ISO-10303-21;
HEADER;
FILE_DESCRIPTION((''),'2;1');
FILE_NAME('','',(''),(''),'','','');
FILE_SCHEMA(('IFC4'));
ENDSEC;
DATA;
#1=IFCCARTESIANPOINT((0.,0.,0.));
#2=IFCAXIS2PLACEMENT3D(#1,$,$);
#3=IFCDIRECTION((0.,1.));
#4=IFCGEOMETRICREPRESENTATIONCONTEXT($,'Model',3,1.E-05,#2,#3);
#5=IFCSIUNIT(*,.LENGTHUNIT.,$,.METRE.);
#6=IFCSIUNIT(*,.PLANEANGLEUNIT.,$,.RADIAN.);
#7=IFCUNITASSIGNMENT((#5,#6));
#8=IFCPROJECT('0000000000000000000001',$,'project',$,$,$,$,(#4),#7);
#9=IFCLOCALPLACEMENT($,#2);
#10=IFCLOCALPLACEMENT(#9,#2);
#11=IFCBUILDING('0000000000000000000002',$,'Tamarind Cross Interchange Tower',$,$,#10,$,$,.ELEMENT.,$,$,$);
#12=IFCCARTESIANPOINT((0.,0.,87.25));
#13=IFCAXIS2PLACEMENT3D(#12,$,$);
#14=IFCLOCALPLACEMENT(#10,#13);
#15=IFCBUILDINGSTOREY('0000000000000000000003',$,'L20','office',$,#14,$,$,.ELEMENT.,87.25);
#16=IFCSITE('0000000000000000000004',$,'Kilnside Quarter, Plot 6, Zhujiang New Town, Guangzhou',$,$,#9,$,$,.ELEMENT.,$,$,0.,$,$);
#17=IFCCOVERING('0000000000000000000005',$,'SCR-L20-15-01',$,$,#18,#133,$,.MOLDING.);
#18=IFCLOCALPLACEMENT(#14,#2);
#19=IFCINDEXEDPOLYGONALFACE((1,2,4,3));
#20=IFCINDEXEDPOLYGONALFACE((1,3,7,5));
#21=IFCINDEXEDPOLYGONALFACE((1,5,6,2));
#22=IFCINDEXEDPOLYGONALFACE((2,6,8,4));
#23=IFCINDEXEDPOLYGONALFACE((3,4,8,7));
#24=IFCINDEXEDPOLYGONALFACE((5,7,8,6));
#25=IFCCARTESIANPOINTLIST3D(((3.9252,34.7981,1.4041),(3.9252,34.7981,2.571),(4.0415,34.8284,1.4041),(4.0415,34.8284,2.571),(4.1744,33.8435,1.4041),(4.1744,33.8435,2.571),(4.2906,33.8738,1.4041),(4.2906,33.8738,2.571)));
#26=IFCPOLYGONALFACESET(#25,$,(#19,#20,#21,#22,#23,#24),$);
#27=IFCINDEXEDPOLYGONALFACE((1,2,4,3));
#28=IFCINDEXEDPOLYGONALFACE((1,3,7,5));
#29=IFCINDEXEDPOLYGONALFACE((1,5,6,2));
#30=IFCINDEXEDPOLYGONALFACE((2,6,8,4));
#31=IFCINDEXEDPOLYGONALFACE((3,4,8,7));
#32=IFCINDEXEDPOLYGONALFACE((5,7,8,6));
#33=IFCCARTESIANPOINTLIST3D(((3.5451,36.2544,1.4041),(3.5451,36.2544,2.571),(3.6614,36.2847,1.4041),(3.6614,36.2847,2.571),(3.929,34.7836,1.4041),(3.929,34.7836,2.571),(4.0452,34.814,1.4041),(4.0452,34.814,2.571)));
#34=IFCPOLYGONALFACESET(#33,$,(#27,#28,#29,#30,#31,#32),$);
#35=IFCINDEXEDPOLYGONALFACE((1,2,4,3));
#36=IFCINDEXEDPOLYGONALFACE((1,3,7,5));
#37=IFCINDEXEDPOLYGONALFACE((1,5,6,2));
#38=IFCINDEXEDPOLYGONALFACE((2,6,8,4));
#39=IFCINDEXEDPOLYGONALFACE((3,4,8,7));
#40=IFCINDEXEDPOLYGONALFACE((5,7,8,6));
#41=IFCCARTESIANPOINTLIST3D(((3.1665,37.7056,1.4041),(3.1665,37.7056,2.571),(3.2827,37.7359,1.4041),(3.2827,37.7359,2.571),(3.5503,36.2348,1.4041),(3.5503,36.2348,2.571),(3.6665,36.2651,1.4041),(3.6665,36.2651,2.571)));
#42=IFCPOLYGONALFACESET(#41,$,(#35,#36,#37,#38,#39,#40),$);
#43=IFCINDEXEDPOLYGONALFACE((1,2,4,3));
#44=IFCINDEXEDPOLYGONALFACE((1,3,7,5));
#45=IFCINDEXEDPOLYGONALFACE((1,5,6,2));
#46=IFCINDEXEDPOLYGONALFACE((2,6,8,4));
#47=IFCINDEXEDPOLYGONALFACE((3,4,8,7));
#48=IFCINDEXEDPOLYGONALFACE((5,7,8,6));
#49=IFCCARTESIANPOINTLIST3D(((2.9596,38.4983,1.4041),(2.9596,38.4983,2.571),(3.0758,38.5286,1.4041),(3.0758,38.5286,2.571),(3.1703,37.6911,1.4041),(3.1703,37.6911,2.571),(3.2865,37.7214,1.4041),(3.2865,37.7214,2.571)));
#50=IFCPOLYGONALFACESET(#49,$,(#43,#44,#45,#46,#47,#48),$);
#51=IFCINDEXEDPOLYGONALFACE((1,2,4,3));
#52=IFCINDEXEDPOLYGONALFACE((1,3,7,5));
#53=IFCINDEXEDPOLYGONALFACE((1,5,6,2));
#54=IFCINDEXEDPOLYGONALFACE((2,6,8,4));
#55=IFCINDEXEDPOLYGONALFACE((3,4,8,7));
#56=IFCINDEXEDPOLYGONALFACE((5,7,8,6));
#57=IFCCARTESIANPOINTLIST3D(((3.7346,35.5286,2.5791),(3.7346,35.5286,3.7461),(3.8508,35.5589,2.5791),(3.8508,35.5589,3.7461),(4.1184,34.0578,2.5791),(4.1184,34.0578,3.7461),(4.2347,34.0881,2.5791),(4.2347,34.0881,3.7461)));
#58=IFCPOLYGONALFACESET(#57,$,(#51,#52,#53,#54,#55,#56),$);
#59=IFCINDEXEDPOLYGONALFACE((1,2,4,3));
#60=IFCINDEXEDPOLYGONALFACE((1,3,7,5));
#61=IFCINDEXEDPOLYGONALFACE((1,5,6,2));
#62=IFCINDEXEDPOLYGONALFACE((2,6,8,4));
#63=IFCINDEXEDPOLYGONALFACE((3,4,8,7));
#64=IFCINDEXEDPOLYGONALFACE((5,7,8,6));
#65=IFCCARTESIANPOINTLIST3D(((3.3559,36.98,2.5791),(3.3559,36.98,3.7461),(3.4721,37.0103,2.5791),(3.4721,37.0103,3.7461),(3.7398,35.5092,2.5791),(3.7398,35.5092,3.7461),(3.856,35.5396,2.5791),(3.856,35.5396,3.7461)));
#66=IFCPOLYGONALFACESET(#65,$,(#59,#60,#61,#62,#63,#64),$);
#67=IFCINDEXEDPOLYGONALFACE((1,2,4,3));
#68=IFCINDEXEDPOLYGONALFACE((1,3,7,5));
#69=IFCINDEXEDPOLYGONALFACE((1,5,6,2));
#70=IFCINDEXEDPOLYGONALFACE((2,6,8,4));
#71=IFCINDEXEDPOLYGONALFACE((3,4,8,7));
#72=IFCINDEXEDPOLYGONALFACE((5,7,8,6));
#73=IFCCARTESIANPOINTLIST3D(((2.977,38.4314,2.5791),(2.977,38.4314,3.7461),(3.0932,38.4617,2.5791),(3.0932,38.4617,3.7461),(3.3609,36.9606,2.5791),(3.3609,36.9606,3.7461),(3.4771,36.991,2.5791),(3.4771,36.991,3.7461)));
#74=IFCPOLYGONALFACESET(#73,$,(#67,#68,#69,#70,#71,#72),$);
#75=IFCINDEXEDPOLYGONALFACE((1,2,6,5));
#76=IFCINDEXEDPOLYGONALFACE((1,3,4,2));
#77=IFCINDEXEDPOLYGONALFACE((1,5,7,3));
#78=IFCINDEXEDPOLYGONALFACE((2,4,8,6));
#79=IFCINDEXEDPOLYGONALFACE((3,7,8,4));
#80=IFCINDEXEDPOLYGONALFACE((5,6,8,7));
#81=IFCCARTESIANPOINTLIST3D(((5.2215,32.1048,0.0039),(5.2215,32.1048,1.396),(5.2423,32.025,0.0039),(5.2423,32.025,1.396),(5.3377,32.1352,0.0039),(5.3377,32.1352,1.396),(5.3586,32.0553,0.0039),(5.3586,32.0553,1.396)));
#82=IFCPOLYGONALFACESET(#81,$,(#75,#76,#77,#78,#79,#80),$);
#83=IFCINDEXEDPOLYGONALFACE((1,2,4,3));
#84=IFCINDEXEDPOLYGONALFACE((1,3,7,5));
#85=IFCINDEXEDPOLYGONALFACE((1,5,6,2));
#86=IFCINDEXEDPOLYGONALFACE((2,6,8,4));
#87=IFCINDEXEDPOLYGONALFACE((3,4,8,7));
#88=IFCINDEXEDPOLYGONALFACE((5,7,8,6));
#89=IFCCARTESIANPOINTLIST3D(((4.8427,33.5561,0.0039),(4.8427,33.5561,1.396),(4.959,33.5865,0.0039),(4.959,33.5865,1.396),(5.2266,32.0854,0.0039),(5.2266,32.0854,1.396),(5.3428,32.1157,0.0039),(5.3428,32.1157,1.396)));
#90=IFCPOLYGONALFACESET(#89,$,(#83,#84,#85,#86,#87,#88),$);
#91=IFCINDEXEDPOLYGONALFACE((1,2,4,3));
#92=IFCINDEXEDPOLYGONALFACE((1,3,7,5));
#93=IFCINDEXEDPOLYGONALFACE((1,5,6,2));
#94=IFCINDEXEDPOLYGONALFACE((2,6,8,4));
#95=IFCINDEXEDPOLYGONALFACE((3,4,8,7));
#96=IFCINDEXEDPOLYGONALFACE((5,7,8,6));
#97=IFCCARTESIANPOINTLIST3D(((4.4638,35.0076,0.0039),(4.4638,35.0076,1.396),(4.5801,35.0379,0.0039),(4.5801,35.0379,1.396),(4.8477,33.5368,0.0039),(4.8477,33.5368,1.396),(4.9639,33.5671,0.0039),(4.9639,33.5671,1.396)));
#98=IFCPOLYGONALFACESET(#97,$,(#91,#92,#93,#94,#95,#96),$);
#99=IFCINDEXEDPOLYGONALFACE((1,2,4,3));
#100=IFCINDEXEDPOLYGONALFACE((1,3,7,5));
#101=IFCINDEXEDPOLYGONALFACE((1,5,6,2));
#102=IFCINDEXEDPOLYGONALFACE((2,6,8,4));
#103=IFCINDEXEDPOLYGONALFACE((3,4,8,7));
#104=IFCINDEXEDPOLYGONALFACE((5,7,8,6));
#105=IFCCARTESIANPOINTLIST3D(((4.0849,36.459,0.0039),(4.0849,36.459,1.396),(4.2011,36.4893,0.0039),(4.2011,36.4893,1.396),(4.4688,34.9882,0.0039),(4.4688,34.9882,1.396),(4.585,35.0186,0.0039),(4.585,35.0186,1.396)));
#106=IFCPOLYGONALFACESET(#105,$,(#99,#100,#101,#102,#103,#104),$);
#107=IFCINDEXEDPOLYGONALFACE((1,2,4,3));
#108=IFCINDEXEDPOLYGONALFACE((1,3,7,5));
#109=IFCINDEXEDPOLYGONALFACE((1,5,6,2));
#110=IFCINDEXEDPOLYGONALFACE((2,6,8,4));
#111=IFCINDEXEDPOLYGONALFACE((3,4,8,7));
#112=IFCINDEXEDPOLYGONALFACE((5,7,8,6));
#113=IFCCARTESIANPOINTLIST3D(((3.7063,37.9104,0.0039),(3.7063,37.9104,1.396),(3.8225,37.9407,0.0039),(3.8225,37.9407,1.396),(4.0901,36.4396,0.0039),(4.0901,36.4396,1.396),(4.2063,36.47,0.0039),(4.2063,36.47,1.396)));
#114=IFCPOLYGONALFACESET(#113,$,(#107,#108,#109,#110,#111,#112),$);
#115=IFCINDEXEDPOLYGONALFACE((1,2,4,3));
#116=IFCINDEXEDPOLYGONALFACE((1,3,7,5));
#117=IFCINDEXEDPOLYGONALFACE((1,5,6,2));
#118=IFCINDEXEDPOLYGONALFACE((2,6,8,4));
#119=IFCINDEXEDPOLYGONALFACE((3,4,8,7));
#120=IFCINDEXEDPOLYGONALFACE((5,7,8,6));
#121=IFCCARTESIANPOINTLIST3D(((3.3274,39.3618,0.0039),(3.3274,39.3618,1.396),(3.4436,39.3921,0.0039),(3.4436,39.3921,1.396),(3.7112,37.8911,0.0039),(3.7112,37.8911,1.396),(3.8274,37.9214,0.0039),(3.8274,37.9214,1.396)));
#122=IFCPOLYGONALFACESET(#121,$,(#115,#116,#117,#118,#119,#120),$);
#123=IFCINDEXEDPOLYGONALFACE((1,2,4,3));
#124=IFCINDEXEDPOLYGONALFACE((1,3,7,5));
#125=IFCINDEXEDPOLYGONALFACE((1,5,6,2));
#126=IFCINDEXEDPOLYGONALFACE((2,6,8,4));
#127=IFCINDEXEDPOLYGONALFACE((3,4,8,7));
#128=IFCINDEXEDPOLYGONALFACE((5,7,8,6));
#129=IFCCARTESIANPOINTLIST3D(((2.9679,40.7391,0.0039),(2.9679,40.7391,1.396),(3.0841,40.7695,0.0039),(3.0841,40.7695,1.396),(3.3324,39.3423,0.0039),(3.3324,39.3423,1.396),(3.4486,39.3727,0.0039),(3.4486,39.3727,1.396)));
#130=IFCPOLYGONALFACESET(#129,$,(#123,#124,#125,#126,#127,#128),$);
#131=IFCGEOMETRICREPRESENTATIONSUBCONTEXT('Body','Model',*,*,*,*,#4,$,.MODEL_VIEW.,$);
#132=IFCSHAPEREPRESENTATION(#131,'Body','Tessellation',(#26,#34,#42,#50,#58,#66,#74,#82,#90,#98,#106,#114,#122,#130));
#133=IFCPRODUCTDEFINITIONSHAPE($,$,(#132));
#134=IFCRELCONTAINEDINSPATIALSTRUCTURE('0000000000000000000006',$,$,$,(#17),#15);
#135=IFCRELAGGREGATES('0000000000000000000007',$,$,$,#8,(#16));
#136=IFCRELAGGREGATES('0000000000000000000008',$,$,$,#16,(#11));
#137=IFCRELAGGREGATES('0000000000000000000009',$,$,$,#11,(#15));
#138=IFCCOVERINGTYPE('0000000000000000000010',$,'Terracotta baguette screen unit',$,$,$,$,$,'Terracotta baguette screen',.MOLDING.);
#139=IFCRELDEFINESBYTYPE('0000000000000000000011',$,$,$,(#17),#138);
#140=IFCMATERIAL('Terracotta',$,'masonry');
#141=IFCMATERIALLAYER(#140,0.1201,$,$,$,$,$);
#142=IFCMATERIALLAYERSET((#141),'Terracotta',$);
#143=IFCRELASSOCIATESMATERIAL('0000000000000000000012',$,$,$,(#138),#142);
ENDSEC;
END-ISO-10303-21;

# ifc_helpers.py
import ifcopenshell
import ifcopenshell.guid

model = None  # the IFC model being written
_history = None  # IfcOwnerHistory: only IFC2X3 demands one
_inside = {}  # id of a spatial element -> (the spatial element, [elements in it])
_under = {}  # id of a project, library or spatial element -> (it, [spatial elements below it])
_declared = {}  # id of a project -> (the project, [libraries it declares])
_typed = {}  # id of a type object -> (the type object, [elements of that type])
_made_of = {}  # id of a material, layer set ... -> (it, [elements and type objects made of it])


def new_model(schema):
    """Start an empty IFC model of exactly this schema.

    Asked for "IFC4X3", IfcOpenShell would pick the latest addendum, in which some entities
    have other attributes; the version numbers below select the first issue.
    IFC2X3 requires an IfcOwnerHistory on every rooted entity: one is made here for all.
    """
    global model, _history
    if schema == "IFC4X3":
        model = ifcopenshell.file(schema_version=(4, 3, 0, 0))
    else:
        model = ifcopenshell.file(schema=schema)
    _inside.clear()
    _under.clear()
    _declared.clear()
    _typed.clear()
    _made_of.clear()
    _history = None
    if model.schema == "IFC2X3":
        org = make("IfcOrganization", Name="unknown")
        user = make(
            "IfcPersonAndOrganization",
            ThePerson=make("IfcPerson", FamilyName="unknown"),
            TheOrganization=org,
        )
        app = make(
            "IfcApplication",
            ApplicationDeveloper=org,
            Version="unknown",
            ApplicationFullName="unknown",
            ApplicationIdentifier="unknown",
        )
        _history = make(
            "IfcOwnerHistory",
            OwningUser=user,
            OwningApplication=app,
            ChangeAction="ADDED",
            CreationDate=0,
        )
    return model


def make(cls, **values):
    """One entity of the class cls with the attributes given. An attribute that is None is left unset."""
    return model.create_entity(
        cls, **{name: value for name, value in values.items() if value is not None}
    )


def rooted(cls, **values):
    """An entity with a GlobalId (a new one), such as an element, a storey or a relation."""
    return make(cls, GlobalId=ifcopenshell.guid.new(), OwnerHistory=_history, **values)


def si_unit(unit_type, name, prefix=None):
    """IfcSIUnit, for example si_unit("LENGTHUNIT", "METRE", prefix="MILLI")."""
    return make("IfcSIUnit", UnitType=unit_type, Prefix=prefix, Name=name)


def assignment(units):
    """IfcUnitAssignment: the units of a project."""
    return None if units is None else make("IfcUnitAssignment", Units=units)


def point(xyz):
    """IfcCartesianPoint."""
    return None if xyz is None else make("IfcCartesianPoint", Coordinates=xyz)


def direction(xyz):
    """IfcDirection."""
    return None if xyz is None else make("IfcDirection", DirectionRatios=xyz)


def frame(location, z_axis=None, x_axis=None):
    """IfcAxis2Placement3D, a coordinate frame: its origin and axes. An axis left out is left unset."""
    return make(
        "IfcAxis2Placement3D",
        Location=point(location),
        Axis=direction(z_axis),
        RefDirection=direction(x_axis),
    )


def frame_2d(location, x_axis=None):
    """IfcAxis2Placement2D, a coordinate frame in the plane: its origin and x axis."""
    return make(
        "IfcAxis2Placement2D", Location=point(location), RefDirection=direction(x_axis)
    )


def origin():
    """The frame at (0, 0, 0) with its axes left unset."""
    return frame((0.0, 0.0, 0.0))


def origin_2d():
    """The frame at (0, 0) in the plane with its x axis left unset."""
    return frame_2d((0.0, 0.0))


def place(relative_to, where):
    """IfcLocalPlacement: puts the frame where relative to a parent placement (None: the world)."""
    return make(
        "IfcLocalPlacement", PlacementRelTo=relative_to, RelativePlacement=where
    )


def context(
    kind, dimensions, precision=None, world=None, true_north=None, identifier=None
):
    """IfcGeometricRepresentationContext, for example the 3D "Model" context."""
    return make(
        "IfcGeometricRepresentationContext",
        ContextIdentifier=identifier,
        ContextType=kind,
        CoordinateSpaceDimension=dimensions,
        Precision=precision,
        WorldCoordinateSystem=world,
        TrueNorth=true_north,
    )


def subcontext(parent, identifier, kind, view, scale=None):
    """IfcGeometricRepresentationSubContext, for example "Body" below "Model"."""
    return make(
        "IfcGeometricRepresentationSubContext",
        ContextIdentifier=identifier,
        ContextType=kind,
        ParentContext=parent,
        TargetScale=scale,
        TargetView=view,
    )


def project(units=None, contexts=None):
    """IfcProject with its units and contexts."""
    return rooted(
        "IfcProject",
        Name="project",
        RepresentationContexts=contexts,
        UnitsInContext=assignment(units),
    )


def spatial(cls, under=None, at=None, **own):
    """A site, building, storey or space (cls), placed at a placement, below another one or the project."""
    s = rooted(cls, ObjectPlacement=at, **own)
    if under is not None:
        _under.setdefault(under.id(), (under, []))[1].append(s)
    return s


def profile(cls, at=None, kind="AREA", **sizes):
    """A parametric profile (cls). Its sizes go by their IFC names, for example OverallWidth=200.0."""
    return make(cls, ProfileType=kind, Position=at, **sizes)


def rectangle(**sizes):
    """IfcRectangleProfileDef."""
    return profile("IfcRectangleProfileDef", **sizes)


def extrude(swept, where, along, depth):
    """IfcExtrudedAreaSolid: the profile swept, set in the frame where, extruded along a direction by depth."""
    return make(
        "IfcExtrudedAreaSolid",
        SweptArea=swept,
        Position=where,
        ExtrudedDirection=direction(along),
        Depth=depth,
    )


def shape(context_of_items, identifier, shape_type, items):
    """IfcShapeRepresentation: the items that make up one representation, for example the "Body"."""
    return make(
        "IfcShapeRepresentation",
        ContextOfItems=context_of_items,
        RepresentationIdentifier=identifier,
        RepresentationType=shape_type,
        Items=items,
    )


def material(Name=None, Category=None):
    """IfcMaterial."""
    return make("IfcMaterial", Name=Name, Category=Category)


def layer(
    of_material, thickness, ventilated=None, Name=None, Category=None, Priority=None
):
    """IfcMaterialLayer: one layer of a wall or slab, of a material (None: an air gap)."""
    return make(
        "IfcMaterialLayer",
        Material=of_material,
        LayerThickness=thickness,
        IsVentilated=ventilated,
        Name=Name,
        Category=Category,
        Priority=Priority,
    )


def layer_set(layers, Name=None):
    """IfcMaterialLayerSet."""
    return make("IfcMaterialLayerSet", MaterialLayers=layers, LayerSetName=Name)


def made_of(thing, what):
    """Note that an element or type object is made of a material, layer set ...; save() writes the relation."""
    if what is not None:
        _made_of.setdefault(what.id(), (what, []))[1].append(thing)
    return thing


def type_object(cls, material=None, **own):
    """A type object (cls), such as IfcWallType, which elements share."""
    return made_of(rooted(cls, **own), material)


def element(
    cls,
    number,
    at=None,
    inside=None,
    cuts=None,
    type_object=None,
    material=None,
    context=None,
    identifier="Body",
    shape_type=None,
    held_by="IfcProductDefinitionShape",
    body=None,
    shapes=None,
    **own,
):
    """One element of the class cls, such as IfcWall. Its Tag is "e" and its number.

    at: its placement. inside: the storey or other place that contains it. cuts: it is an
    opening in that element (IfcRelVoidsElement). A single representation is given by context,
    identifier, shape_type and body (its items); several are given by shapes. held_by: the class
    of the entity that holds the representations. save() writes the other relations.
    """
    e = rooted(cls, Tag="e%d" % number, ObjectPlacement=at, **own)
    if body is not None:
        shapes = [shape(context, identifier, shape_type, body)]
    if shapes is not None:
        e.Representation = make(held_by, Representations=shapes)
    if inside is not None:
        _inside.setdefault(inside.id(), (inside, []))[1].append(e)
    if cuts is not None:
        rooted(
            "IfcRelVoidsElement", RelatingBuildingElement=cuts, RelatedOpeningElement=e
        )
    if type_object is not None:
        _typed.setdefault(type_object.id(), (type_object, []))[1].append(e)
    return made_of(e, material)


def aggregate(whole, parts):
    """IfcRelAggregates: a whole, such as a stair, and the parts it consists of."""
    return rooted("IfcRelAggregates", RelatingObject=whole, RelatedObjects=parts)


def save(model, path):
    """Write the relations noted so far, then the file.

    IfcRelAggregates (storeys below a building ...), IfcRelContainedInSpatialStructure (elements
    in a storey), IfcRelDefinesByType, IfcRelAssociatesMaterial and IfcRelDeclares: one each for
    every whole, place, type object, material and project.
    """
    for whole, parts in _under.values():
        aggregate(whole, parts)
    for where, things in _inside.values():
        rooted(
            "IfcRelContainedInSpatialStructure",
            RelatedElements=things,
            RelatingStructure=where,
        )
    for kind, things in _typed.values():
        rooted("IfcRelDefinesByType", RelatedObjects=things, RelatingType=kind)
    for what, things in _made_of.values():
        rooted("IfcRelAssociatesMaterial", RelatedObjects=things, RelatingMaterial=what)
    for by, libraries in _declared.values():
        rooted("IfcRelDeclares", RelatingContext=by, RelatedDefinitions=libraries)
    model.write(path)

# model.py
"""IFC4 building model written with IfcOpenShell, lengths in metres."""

from ifc_helpers import new_model, si_unit, direction, frame, origin, origin_2d, place, context, subcontext, project, spatial, rectangle, extrude, material, layer, layer_set, type_object, element, save


model = new_model("IFC4")

# Units and contexts
model_context = context("Model", 3, precision=1e-05, world=origin(), true_north=direction((0.0, 1.0)))
body_context = subcontext(model_context, "Body", "Model", "MODEL_VIEW")
ifc_project = project(units=[si_unit("LENGTHUNIT", "METRE"), si_unit("PLANEANGLEUNIT", "RADIAN")], contexts=[model_context])

# Site, building, storey
site_placement = place(None, origin())
site = spatial("IfcSite", under=ifc_project, at=site_placement, Name="Kilnside Quarter, Plot 6, Zhujiang New Town, Guangzhou", CompositionType="ELEMENT", RefElevation=0.0)
building_placement = place(site_placement, origin())
building = spatial("IfcBuilding", under=site, at=building_placement, Name="Tamarind Cross Interchange Tower", CompositionType="ELEMENT")
storey_placement = place(building_placement, frame((0.0, 0.0, 87.25)))
storey = spatial("IfcBuildingStorey", under=building, at=storey_placement, Name="L20", Description="office", CompositionType="ELEMENT", Elevation=87.25)

# Covering
ifc_material_1 = material(Name="Terracotta", Category="masonry")
ifc_layer_1 = layer(ifc_material_1, 0.1201)
ifc_layer_set_1 = layer_set([ifc_layer_1], Name="Terracotta")
covering_type = type_object("IfcCoveringType", Name="Terracotta baguette screen unit", ElementType="Terracotta baguette screen", PredefinedType="MOLDING", material=ifc_layer_set_1)
covering_1_placement = place(storey_placement, origin())
element("IfcCovering", 1, at=covering_1_placement, inside=storey, type_object=covering_type, Name="SCR-L20-15-01", PredefinedType="MOLDING", context=body_context, shape_type="SweptSolid", body=[
    extrude(rectangle(XDim=0.9866, YDim=0.1201, at=origin_2d()), frame((4.1079, 34.3359, 1.4041), z_axis=(0.0, 0.0, 1.0), x_axis=(-0.252529, 0.967589, 0.0)), (0.0, 0.0, 1.0), 1.167),
    extrude(rectangle(XDim=1.52, YDim=0.1201, at=origin_2d()), frame((3.7952, 35.5342, 1.4041), z_axis=(0.0, 0.0, 1.0), x_axis=(-0.252529, 0.967589, 0.0)), (0.0, 0.0, 1.0), 1.167),
    extrude(rectangle(XDim=1.52, YDim=0.1201, at=origin_2d()), frame((3.4165, 36.9854, 1.4041), z_axis=(0.0, 0.0, 1.0), x_axis=(-0.252529, 0.967589, 0.0)), (0.0, 0.0, 1.0), 1.167),
    extrude(rectangle(XDim=0.8342, YDim=0.1201, at=origin_2d()), frame((3.123, 38.1099, 1.4041), z_axis=(0.0, 0.0, 1.0), x_axis=(-0.252529, 0.967589, 0.0)), (0.0, 0.0, 1.0), 1.167),
    extrude(rectangle(XDim=1.52, YDim=0.1201, at=origin_2d()), frame((3.9846, 34.8083, 2.5791), z_axis=(0.0, 0.0, 1.0), x_axis=(-0.252529, 0.967589, 0.0)), (0.0, 0.0, 1.0), 1.167),
    extrude(rectangle(XDim=1.52, YDim=0.1201, at=origin_2d()), frame((3.606, 36.2598, 2.5791), z_axis=(0.0, 0.0, 1.0), x_axis=(-0.252529, 0.967589, 0.0)), (0.0, 0.0, 1.0), 1.167),
    extrude(rectangle(XDim=1.52, YDim=0.1201, at=origin_2d()), frame((3.2271, 37.7112, 2.5791), z_axis=(0.0, 0.0, 1.0), x_axis=(-0.252529, 0.967589, 0.0)), (0.0, 0.0, 1.0), 1.167),
    extrude(rectangle(XDim=0.0825, YDim=0.1201, at=origin_2d()), frame((5.29, 32.0801, 0.0039), z_axis=(0.0, 0.0, 1.0), x_axis=(-0.252529, 0.967589, 0.0)), (0.0, 0.0, 1.0), 1.3921),
    extrude(rectangle(XDim=1.52, YDim=0.1201, at=origin_2d()), frame((5.0928, 32.8359, 0.0039), z_axis=(0.0, 0.0, 1.0), x_axis=(-0.252529, 0.967589, 0.0)), (0.0, 0.0, 1.0), 1.3921),
    extrude(rectangle(XDim=1.52, YDim=0.1201, at=origin_2d()), frame((4.7139, 34.2874, 0.0039), z_axis=(0.0, 0.0, 1.0), x_axis=(-0.252529, 0.967589, 0.0)), (0.0, 0.0, 1.0), 1.3921),
    extrude(rectangle(XDim=1.52, YDim=0.1201, at=origin_2d()), frame((4.335, 35.7388, 0.0039), z_axis=(0.0, 0.0, 1.0), x_axis=(-0.252529, 0.967589, 0.0)), (0.0, 0.0, 1.0), 1.3921),
    extrude(rectangle(XDim=1.52, YDim=0.1201, at=origin_2d()), frame((3.9563, 37.1902, 0.0039), z_axis=(0.0, 0.0, 1.0), x_axis=(-0.252529, 0.967589, 0.0)), (0.0, 0.0, 1.0), 1.3921),
    extrude(rectangle(XDim=1.52, YDim=0.1201, at=origin_2d()), frame((3.5774, 38.6416, 0.0039), z_axis=(0.0, 0.0, 1.0), x_axis=(-0.252529, 0.967589, 0.0)), (0.0, 0.0, 1.0), 1.3921),
    extrude(rectangle(XDim=1.4436, YDim=0.1201, at=origin_2d()), frame((3.2083, 40.0559, 0.0039), z_axis=(0.0, 0.0, 1.0), x_axis=(-0.252529, 0.967589, 0.0)), (0.0, 0.0, 1.0), 1.3921),
])

save(model, "model.ifc")
